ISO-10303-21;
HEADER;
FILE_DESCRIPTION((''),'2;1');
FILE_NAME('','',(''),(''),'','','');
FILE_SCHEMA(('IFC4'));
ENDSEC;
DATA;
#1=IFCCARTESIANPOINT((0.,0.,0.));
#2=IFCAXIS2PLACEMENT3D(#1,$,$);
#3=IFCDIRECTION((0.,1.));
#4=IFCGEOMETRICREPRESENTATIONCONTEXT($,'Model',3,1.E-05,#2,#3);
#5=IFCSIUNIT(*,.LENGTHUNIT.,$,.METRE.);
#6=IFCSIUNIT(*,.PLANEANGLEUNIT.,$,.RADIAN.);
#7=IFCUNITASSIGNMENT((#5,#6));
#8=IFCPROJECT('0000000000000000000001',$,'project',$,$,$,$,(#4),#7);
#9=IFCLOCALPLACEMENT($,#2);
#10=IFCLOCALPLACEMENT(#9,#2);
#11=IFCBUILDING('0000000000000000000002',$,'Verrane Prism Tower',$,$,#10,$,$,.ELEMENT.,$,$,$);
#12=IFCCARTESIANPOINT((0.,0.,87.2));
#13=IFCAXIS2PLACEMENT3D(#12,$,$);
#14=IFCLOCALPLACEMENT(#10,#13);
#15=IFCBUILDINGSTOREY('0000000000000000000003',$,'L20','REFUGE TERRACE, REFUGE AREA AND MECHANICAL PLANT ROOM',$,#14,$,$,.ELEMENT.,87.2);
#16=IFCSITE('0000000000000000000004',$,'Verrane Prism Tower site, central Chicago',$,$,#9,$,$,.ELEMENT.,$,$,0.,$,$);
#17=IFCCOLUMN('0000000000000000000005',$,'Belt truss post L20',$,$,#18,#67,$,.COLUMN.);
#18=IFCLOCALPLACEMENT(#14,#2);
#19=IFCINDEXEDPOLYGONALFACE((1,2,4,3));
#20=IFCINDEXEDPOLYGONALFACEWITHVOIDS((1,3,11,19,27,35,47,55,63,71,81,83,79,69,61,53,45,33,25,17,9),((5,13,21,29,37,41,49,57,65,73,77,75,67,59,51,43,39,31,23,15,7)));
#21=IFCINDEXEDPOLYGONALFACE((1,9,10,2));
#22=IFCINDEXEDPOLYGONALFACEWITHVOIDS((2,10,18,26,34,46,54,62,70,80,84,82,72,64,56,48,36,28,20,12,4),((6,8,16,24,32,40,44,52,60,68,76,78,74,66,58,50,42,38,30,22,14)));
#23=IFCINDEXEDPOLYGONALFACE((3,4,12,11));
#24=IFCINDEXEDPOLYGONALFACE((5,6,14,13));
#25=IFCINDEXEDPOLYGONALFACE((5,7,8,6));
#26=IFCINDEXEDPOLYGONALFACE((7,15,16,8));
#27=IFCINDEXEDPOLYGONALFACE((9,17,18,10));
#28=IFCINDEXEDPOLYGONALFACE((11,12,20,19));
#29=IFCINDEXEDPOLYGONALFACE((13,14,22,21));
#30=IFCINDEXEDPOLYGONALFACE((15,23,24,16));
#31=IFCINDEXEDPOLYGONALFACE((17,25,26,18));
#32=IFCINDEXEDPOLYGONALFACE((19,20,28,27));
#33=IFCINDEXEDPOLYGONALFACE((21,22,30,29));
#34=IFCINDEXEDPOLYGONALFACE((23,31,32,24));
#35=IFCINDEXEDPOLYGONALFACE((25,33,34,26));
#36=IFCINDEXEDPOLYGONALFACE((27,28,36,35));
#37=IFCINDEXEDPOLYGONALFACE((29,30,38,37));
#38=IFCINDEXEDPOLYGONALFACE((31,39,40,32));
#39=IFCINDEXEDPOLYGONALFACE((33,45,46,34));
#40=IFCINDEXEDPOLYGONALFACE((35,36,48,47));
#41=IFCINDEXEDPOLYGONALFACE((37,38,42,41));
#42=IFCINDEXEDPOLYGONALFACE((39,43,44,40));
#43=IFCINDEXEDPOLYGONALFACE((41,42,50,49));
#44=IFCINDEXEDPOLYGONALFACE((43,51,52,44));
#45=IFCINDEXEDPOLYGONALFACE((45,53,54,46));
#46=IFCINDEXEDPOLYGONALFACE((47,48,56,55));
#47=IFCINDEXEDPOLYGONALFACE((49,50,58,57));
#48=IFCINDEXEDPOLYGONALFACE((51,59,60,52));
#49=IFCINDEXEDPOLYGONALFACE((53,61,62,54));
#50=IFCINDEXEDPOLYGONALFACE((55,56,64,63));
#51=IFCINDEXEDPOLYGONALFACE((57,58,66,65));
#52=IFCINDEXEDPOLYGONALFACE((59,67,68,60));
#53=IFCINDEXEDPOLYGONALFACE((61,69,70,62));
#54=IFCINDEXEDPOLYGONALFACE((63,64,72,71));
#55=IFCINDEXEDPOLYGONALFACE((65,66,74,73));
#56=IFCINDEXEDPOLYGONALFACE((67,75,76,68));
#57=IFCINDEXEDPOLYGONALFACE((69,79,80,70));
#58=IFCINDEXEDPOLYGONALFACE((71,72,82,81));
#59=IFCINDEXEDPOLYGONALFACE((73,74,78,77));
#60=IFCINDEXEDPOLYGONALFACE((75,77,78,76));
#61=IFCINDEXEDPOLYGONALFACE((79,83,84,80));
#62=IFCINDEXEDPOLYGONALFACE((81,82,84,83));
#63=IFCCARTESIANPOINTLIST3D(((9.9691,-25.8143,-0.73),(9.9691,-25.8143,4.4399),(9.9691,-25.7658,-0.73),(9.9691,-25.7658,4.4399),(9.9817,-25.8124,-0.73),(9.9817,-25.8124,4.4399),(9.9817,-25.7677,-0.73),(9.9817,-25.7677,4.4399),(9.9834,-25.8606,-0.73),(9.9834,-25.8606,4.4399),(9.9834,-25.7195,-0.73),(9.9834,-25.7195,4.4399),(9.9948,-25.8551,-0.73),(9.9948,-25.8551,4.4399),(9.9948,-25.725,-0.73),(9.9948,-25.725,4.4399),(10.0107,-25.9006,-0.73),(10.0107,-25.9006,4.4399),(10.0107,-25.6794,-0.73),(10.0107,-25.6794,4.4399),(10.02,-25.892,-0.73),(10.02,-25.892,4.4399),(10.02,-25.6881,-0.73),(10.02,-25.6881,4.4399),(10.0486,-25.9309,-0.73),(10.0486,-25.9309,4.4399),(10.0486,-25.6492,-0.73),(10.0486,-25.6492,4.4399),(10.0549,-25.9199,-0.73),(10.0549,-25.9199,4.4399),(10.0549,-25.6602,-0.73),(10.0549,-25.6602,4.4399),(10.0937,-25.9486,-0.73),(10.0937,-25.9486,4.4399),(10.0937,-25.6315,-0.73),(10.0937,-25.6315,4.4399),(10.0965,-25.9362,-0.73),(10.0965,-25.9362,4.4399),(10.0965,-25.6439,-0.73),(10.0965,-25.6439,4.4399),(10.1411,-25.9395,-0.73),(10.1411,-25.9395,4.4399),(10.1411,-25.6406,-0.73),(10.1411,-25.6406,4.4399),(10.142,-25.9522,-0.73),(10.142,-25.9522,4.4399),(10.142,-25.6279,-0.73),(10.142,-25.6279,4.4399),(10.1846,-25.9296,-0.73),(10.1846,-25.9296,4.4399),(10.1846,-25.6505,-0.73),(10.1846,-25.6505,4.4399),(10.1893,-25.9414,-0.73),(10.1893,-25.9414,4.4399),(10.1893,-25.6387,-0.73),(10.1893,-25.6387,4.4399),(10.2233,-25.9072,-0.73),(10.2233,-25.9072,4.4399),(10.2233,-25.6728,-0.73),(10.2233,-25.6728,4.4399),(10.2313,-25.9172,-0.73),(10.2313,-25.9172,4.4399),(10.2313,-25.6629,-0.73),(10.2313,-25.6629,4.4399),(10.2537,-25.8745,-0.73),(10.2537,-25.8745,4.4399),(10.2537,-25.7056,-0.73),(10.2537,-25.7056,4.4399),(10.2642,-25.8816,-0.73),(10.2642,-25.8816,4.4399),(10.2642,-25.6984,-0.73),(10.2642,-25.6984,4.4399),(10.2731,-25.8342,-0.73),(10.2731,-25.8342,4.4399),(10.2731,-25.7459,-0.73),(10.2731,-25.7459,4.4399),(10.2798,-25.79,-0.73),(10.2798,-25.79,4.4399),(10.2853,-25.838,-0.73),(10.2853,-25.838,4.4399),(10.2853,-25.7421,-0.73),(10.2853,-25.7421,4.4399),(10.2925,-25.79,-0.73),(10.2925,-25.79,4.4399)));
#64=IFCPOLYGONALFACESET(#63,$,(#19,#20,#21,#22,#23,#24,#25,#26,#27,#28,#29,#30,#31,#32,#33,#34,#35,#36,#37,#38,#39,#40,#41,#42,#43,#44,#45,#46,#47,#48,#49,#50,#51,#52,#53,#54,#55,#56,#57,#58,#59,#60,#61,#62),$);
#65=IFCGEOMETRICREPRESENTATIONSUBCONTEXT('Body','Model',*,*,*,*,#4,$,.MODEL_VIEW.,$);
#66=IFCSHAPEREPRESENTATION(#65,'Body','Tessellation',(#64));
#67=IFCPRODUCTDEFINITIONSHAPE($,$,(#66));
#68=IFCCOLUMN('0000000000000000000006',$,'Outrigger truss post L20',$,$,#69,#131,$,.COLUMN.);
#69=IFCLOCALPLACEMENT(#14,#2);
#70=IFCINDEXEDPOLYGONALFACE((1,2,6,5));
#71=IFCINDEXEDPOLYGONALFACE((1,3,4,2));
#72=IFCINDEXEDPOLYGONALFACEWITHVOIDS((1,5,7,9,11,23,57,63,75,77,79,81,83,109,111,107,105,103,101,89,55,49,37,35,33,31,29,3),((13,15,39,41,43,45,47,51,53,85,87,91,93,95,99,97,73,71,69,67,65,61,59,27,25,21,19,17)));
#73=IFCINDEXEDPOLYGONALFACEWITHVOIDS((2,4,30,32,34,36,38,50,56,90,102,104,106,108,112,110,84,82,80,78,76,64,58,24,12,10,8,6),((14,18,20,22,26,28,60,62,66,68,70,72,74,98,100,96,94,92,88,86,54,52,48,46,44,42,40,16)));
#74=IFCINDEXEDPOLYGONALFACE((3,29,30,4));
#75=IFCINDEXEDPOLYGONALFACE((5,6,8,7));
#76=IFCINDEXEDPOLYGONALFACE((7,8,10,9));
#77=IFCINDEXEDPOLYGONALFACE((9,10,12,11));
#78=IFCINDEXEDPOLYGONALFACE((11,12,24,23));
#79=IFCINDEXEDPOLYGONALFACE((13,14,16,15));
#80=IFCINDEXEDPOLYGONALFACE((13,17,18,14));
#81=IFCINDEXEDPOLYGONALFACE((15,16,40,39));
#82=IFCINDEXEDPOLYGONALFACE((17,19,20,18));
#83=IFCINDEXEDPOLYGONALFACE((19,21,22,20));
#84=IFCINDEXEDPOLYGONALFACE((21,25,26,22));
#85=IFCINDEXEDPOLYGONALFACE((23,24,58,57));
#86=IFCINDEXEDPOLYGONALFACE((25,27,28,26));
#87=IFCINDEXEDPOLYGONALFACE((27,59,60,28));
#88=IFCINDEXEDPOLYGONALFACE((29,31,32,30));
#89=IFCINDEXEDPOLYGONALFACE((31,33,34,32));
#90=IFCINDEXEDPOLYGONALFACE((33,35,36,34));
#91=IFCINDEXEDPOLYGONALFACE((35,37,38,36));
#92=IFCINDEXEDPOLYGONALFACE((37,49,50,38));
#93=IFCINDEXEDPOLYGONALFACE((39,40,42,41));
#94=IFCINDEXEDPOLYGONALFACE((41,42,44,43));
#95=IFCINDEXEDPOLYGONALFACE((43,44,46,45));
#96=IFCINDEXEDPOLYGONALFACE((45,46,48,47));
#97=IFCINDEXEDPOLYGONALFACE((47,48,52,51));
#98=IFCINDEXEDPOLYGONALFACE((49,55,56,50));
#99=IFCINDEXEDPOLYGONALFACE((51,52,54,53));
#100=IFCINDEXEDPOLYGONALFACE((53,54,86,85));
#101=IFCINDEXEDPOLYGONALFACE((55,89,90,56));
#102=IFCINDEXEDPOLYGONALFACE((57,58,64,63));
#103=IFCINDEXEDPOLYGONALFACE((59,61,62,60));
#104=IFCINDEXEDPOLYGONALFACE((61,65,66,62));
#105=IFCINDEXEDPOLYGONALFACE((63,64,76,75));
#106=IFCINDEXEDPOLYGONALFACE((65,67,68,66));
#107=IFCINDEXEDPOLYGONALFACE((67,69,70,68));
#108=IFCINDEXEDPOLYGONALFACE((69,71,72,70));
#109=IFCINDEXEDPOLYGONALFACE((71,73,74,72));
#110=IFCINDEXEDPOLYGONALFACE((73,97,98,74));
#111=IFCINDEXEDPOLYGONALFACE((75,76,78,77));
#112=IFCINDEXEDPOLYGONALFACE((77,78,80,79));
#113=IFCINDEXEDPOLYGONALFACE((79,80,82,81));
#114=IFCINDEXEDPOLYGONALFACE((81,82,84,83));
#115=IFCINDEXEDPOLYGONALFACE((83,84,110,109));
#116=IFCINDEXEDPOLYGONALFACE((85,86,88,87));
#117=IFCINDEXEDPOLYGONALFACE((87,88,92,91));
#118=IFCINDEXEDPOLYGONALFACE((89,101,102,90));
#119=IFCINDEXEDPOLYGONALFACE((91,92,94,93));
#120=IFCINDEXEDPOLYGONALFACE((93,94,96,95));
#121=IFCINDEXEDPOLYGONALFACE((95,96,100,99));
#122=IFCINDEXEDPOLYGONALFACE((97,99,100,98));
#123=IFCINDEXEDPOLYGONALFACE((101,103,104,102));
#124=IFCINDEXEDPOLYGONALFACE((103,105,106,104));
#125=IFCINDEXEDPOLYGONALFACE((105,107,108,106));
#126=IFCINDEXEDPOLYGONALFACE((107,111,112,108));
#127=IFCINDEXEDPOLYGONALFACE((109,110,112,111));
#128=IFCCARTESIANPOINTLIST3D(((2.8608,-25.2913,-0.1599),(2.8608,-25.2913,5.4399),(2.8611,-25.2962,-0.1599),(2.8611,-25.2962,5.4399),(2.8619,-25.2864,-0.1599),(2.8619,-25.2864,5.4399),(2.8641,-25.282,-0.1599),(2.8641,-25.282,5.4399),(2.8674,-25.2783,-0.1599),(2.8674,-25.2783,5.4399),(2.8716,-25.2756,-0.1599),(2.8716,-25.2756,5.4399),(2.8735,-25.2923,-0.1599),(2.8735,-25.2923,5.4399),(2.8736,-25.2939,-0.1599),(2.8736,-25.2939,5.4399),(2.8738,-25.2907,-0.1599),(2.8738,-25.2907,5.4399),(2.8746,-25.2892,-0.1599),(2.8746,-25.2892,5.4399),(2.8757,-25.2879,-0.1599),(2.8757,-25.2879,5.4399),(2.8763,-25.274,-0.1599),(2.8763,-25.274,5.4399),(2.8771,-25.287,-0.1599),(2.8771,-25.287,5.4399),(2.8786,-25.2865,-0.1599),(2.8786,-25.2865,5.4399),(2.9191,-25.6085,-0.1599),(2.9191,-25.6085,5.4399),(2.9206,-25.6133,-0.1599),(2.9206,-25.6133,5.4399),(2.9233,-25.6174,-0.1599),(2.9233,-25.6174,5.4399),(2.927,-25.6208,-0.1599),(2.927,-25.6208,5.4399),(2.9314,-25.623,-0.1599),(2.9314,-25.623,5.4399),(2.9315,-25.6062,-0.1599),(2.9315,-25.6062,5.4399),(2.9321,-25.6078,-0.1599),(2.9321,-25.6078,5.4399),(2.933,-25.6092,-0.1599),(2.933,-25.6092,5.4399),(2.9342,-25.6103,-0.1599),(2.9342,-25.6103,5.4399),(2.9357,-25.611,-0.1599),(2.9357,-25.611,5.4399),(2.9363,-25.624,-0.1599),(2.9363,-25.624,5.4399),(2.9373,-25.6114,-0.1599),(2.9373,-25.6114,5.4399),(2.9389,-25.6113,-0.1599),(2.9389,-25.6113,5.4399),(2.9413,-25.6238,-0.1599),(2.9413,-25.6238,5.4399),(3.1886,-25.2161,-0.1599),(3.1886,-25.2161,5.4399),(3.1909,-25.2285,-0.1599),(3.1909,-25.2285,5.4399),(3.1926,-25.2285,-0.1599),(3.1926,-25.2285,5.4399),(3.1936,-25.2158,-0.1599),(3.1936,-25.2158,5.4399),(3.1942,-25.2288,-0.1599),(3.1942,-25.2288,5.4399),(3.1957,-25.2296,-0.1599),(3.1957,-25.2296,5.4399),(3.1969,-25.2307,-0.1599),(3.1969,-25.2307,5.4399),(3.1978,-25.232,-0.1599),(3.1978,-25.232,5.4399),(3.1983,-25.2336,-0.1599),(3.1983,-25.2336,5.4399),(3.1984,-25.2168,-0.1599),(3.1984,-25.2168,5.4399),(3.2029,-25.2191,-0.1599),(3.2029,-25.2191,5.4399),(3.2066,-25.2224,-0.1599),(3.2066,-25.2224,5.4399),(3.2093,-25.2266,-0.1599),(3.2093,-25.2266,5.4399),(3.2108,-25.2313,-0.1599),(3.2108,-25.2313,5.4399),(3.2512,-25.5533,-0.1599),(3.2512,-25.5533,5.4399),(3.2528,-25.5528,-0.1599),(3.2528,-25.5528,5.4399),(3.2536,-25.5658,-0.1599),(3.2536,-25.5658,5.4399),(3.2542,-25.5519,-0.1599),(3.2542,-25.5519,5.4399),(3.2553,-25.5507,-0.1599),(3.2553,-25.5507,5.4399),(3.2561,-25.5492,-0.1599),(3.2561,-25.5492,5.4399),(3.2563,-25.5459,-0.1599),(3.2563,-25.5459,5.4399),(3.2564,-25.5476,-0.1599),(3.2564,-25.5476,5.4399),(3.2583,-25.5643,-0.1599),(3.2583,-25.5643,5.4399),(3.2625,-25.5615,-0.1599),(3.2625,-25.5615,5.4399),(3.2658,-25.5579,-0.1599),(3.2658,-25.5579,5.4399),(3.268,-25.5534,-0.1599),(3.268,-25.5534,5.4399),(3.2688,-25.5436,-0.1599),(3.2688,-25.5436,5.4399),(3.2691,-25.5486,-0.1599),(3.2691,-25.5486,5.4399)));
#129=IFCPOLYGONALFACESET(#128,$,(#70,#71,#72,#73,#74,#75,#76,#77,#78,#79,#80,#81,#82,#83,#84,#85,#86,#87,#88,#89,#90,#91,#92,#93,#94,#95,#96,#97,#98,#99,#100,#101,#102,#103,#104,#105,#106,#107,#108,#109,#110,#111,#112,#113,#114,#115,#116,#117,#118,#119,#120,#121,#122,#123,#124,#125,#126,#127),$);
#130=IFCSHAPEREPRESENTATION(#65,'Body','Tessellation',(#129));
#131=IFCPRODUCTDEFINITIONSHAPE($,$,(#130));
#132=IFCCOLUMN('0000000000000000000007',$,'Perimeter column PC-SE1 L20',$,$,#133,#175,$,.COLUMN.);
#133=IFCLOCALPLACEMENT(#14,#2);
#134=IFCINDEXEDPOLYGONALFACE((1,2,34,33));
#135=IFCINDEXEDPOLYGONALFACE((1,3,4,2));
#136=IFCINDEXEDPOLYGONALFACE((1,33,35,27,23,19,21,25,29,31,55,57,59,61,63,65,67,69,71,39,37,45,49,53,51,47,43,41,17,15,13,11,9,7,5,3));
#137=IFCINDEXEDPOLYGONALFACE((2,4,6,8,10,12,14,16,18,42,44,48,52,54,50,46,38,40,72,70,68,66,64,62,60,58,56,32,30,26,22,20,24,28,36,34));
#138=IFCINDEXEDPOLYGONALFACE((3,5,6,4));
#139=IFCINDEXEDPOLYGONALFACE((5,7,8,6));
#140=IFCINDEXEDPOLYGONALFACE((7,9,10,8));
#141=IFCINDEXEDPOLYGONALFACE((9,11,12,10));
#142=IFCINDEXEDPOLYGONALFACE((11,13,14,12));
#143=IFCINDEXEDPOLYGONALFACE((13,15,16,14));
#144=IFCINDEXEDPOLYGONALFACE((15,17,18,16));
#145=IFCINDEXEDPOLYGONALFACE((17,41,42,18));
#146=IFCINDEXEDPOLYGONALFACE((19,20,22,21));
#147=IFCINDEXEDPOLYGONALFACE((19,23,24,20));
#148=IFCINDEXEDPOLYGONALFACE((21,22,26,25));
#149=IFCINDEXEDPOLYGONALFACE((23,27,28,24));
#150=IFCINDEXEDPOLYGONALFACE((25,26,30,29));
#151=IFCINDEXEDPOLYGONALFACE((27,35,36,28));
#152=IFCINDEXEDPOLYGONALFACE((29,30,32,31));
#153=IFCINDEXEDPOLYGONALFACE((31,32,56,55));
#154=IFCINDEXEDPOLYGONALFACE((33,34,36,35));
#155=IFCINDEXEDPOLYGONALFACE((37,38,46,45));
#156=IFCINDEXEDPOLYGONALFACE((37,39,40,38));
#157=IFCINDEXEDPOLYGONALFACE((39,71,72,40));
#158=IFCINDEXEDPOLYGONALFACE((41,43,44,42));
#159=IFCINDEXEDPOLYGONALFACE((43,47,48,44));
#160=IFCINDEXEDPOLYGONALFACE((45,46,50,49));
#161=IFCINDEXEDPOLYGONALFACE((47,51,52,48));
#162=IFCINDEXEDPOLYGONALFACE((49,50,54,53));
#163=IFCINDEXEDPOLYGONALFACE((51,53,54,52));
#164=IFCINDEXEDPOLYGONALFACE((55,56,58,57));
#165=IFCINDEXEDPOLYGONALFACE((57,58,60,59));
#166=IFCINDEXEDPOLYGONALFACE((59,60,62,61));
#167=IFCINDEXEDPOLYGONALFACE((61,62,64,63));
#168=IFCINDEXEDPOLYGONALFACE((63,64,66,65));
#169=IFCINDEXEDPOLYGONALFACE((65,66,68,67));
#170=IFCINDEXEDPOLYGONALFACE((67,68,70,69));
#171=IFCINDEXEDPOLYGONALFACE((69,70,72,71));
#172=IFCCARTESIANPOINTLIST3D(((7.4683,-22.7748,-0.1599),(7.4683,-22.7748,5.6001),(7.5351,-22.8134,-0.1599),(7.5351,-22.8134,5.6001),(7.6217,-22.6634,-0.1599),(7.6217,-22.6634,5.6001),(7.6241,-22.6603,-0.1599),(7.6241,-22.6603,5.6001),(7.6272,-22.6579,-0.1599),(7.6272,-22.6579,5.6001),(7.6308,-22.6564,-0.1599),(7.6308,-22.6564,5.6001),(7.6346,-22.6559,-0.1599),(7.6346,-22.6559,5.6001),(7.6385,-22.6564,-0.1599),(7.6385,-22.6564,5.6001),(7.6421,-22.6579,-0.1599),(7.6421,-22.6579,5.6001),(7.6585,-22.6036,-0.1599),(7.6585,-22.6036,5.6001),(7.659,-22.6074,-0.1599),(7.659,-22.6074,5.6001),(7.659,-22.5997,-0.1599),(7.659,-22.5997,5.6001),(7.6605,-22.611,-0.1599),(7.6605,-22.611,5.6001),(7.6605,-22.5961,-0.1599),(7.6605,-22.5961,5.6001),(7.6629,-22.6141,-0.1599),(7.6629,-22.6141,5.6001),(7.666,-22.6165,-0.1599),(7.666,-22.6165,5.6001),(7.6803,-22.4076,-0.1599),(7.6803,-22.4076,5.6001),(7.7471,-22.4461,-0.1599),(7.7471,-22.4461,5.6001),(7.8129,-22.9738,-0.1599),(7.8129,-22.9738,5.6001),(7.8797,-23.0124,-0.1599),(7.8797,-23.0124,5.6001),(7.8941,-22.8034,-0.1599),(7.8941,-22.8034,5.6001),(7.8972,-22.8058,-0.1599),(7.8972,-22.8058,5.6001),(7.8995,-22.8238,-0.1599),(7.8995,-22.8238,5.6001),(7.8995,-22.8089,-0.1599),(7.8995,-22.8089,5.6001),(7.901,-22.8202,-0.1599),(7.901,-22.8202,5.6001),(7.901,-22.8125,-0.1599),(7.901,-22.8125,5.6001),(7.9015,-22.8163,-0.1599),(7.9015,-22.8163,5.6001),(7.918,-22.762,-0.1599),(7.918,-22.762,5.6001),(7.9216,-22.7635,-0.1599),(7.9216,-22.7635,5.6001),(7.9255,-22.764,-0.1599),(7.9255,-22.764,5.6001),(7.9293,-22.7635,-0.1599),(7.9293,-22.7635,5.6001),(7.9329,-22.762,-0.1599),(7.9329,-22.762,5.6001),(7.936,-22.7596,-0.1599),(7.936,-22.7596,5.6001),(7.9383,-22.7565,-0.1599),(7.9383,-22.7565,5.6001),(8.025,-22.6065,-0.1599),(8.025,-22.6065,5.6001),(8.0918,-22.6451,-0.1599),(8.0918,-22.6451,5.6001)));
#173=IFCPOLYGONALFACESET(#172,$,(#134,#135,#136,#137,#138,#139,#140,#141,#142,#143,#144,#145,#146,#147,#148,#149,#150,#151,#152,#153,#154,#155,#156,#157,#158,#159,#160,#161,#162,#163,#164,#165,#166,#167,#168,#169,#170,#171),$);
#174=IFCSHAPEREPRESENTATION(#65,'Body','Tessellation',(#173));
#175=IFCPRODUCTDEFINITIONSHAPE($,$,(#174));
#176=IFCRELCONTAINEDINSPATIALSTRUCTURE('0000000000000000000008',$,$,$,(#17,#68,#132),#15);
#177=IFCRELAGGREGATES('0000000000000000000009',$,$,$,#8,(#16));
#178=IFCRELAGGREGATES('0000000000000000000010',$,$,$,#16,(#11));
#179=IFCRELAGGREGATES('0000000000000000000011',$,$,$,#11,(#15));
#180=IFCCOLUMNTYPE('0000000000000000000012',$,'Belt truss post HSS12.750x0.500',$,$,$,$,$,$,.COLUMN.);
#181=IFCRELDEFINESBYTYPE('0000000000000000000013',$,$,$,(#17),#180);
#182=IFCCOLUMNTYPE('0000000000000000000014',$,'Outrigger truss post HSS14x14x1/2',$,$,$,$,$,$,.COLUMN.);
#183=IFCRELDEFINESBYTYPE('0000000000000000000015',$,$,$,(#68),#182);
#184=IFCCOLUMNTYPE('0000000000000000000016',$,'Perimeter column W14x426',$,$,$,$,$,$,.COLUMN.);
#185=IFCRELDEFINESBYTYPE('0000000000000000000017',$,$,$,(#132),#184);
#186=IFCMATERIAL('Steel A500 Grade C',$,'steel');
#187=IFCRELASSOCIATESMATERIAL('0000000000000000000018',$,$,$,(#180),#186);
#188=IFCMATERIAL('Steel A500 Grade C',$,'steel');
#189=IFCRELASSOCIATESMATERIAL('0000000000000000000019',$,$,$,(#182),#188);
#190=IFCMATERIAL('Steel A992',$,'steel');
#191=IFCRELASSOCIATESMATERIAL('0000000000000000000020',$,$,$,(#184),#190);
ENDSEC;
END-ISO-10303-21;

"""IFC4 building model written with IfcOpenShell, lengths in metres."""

from ifc_helpers import new_model, si_unit, direction, frame, origin, origin_2d, place, context, subcontext, project, spatial, hollow_rectangle, hollow_circle, i_section, extrude, material, material_profile, profile_set, type_object, element, save


model = new_model("IFC4")

# Units and contexts
model_context = context("Model", 3, precision=1e-05, world=origin(), true_north=direction((0.0, 1.0)))
body_context = subcontext(model_context, "Body", "Model", "MODEL_VIEW")
ifc_project = project(units=[si_unit("LENGTHUNIT", "METRE"), si_unit("PLANEANGLEUNIT", "RADIAN")], contexts=[model_context])

# Site, building, storey
site_placement = place(None, origin())
site = spatial("IfcSite", under=ifc_project, at=site_placement, Name="Verrane Prism Tower site, central Chicago", CompositionType="ELEMENT", RefElevation=0.0)
building_placement = place(site_placement, origin())
building = spatial("IfcBuilding", under=site, at=building_placement, Name="Verrane Prism Tower", CompositionType="ELEMENT")
storey_placement = place(building_placement, frame((0.0, 0.0, 87.2)))
storey = spatial("IfcBuildingStorey", under=building, at=storey_placement, Name="L20", Description="REFUGE TERRACE, REFUGE AREA AND MECHANICAL PLANT ROOM", CompositionType="ELEMENT", Elevation=87.2)

# Columns
ifc_material_1 = material(Name="Steel A500 Grade C", Category="steel")
ifc_material_profile_1 = material_profile(ifc_material_1, hollow_circle(Radius=0.1626, WallThickness=0.0127, at=origin_2d()), Name="HSS12.750x0.500")
ifc_profile_set_1 = profile_set([ifc_material_profile_1], Name="Steel A500 Grade C")
column_type_1 = type_object("IfcColumnType", Name="Belt truss post HSS12.750x0.500", PredefinedType="COLUMN", material=ifc_profile_set_1)
column_1_placement = place(storey_placement, frame((10.1299, -25.79, -0.73), z_axis=(0.0, 0.0, 1.0), x_axis=(-0.5, -0.866025, 0.0)))
element("IfcColumn", 1, at=column_1_placement, inside=storey, type_object=column_type_1, Name="Belt truss post L20", PredefinedType="COLUMN", context=body_context, shape_type="SweptSolid", body=[
    extrude(hollow_circle(Radius=0.1626, WallThickness=0.0127, at=origin_2d()), origin(), (0.0, 0.0, 1.0), 5.1699),
])
ifc_material_2 = material(Name="Steel A500 Grade C", Category="steel")
ifc_material_profile_2 = material_profile(ifc_material_2, hollow_rectangle(XDim=0.3557, YDim=0.3557, WallThickness=0.0127, InnerFilletRadius=0.0063, OuterFilletRadius=0.019, at=origin_2d()), Name="HSS14x14x1/2")
ifc_profile_set_2 = profile_set([ifc_material_profile_2], Name="Steel A500 Grade C")
column_type_2 = type_object("IfcColumnType", Name="Outrigger truss post HSS14x14x1/2", PredefinedType="COLUMN", material=ifc_profile_set_2)
column_2_placement = place(storey_placement, frame((3.0649, -25.4199, -0.1599), z_axis=(0.0, 0.0, 1.0), x_axis=(0.983195, 0.18256, 0.0)))
element("IfcColumn", 2, at=column_2_placement, inside=storey, type_object=column_type_2, Name="Outrigger truss post L20", PredefinedType="COLUMN", context=body_context, shape_type="SweptSolid", body=[
    extrude(hollow_rectangle(XDim=0.3557, YDim=0.3557, WallThickness=0.0127, InnerFilletRadius=0.0063, OuterFilletRadius=0.019, at=origin_2d()), origin(), (0.0, 0.0, 1.0), 5.5999),
])
ifc_material_3 = material(Name="Steel A992", Category="steel")
ifc_material_profile_3 = material_profile(ifc_material_3, i_section(OverallWidth=0.4241, OverallDepth=0.4751, WebThickness=0.0479, FlangeThickness=0.0771, FilletRadius=0.0149, at=origin_2d()), Name="W14x426")
ifc_profile_set_3 = profile_set([ifc_material_profile_3], Name="Steel A992")
column_type_3 = type_object("IfcColumnType", Name="Perimeter column W14x426", PredefinedType="COLUMN", material=ifc_profile_set_3)
column_3_placement = place(storey_placement, frame((7.78, -22.71, -0.1599), z_axis=(0.0, 0.0, 1.0), x_axis=(-0.5, -0.866025, 0.0)))
element("IfcColumn", 3, at=column_3_placement, inside=storey, type_object=column_type_3, Name="Perimeter column PC-SE1 L20", PredefinedType="COLUMN", context=body_context, shape_type="SweptSolid", body=[
    extrude(i_section(OverallWidth=0.4241, OverallDepth=0.4751, WebThickness=0.0479, FlangeThickness=0.0771, FilletRadius=0.0149, at=origin_2d()), origin(), (0.0, 0.0, 1.0), 5.76),
])

save(model, "model.ifc")
